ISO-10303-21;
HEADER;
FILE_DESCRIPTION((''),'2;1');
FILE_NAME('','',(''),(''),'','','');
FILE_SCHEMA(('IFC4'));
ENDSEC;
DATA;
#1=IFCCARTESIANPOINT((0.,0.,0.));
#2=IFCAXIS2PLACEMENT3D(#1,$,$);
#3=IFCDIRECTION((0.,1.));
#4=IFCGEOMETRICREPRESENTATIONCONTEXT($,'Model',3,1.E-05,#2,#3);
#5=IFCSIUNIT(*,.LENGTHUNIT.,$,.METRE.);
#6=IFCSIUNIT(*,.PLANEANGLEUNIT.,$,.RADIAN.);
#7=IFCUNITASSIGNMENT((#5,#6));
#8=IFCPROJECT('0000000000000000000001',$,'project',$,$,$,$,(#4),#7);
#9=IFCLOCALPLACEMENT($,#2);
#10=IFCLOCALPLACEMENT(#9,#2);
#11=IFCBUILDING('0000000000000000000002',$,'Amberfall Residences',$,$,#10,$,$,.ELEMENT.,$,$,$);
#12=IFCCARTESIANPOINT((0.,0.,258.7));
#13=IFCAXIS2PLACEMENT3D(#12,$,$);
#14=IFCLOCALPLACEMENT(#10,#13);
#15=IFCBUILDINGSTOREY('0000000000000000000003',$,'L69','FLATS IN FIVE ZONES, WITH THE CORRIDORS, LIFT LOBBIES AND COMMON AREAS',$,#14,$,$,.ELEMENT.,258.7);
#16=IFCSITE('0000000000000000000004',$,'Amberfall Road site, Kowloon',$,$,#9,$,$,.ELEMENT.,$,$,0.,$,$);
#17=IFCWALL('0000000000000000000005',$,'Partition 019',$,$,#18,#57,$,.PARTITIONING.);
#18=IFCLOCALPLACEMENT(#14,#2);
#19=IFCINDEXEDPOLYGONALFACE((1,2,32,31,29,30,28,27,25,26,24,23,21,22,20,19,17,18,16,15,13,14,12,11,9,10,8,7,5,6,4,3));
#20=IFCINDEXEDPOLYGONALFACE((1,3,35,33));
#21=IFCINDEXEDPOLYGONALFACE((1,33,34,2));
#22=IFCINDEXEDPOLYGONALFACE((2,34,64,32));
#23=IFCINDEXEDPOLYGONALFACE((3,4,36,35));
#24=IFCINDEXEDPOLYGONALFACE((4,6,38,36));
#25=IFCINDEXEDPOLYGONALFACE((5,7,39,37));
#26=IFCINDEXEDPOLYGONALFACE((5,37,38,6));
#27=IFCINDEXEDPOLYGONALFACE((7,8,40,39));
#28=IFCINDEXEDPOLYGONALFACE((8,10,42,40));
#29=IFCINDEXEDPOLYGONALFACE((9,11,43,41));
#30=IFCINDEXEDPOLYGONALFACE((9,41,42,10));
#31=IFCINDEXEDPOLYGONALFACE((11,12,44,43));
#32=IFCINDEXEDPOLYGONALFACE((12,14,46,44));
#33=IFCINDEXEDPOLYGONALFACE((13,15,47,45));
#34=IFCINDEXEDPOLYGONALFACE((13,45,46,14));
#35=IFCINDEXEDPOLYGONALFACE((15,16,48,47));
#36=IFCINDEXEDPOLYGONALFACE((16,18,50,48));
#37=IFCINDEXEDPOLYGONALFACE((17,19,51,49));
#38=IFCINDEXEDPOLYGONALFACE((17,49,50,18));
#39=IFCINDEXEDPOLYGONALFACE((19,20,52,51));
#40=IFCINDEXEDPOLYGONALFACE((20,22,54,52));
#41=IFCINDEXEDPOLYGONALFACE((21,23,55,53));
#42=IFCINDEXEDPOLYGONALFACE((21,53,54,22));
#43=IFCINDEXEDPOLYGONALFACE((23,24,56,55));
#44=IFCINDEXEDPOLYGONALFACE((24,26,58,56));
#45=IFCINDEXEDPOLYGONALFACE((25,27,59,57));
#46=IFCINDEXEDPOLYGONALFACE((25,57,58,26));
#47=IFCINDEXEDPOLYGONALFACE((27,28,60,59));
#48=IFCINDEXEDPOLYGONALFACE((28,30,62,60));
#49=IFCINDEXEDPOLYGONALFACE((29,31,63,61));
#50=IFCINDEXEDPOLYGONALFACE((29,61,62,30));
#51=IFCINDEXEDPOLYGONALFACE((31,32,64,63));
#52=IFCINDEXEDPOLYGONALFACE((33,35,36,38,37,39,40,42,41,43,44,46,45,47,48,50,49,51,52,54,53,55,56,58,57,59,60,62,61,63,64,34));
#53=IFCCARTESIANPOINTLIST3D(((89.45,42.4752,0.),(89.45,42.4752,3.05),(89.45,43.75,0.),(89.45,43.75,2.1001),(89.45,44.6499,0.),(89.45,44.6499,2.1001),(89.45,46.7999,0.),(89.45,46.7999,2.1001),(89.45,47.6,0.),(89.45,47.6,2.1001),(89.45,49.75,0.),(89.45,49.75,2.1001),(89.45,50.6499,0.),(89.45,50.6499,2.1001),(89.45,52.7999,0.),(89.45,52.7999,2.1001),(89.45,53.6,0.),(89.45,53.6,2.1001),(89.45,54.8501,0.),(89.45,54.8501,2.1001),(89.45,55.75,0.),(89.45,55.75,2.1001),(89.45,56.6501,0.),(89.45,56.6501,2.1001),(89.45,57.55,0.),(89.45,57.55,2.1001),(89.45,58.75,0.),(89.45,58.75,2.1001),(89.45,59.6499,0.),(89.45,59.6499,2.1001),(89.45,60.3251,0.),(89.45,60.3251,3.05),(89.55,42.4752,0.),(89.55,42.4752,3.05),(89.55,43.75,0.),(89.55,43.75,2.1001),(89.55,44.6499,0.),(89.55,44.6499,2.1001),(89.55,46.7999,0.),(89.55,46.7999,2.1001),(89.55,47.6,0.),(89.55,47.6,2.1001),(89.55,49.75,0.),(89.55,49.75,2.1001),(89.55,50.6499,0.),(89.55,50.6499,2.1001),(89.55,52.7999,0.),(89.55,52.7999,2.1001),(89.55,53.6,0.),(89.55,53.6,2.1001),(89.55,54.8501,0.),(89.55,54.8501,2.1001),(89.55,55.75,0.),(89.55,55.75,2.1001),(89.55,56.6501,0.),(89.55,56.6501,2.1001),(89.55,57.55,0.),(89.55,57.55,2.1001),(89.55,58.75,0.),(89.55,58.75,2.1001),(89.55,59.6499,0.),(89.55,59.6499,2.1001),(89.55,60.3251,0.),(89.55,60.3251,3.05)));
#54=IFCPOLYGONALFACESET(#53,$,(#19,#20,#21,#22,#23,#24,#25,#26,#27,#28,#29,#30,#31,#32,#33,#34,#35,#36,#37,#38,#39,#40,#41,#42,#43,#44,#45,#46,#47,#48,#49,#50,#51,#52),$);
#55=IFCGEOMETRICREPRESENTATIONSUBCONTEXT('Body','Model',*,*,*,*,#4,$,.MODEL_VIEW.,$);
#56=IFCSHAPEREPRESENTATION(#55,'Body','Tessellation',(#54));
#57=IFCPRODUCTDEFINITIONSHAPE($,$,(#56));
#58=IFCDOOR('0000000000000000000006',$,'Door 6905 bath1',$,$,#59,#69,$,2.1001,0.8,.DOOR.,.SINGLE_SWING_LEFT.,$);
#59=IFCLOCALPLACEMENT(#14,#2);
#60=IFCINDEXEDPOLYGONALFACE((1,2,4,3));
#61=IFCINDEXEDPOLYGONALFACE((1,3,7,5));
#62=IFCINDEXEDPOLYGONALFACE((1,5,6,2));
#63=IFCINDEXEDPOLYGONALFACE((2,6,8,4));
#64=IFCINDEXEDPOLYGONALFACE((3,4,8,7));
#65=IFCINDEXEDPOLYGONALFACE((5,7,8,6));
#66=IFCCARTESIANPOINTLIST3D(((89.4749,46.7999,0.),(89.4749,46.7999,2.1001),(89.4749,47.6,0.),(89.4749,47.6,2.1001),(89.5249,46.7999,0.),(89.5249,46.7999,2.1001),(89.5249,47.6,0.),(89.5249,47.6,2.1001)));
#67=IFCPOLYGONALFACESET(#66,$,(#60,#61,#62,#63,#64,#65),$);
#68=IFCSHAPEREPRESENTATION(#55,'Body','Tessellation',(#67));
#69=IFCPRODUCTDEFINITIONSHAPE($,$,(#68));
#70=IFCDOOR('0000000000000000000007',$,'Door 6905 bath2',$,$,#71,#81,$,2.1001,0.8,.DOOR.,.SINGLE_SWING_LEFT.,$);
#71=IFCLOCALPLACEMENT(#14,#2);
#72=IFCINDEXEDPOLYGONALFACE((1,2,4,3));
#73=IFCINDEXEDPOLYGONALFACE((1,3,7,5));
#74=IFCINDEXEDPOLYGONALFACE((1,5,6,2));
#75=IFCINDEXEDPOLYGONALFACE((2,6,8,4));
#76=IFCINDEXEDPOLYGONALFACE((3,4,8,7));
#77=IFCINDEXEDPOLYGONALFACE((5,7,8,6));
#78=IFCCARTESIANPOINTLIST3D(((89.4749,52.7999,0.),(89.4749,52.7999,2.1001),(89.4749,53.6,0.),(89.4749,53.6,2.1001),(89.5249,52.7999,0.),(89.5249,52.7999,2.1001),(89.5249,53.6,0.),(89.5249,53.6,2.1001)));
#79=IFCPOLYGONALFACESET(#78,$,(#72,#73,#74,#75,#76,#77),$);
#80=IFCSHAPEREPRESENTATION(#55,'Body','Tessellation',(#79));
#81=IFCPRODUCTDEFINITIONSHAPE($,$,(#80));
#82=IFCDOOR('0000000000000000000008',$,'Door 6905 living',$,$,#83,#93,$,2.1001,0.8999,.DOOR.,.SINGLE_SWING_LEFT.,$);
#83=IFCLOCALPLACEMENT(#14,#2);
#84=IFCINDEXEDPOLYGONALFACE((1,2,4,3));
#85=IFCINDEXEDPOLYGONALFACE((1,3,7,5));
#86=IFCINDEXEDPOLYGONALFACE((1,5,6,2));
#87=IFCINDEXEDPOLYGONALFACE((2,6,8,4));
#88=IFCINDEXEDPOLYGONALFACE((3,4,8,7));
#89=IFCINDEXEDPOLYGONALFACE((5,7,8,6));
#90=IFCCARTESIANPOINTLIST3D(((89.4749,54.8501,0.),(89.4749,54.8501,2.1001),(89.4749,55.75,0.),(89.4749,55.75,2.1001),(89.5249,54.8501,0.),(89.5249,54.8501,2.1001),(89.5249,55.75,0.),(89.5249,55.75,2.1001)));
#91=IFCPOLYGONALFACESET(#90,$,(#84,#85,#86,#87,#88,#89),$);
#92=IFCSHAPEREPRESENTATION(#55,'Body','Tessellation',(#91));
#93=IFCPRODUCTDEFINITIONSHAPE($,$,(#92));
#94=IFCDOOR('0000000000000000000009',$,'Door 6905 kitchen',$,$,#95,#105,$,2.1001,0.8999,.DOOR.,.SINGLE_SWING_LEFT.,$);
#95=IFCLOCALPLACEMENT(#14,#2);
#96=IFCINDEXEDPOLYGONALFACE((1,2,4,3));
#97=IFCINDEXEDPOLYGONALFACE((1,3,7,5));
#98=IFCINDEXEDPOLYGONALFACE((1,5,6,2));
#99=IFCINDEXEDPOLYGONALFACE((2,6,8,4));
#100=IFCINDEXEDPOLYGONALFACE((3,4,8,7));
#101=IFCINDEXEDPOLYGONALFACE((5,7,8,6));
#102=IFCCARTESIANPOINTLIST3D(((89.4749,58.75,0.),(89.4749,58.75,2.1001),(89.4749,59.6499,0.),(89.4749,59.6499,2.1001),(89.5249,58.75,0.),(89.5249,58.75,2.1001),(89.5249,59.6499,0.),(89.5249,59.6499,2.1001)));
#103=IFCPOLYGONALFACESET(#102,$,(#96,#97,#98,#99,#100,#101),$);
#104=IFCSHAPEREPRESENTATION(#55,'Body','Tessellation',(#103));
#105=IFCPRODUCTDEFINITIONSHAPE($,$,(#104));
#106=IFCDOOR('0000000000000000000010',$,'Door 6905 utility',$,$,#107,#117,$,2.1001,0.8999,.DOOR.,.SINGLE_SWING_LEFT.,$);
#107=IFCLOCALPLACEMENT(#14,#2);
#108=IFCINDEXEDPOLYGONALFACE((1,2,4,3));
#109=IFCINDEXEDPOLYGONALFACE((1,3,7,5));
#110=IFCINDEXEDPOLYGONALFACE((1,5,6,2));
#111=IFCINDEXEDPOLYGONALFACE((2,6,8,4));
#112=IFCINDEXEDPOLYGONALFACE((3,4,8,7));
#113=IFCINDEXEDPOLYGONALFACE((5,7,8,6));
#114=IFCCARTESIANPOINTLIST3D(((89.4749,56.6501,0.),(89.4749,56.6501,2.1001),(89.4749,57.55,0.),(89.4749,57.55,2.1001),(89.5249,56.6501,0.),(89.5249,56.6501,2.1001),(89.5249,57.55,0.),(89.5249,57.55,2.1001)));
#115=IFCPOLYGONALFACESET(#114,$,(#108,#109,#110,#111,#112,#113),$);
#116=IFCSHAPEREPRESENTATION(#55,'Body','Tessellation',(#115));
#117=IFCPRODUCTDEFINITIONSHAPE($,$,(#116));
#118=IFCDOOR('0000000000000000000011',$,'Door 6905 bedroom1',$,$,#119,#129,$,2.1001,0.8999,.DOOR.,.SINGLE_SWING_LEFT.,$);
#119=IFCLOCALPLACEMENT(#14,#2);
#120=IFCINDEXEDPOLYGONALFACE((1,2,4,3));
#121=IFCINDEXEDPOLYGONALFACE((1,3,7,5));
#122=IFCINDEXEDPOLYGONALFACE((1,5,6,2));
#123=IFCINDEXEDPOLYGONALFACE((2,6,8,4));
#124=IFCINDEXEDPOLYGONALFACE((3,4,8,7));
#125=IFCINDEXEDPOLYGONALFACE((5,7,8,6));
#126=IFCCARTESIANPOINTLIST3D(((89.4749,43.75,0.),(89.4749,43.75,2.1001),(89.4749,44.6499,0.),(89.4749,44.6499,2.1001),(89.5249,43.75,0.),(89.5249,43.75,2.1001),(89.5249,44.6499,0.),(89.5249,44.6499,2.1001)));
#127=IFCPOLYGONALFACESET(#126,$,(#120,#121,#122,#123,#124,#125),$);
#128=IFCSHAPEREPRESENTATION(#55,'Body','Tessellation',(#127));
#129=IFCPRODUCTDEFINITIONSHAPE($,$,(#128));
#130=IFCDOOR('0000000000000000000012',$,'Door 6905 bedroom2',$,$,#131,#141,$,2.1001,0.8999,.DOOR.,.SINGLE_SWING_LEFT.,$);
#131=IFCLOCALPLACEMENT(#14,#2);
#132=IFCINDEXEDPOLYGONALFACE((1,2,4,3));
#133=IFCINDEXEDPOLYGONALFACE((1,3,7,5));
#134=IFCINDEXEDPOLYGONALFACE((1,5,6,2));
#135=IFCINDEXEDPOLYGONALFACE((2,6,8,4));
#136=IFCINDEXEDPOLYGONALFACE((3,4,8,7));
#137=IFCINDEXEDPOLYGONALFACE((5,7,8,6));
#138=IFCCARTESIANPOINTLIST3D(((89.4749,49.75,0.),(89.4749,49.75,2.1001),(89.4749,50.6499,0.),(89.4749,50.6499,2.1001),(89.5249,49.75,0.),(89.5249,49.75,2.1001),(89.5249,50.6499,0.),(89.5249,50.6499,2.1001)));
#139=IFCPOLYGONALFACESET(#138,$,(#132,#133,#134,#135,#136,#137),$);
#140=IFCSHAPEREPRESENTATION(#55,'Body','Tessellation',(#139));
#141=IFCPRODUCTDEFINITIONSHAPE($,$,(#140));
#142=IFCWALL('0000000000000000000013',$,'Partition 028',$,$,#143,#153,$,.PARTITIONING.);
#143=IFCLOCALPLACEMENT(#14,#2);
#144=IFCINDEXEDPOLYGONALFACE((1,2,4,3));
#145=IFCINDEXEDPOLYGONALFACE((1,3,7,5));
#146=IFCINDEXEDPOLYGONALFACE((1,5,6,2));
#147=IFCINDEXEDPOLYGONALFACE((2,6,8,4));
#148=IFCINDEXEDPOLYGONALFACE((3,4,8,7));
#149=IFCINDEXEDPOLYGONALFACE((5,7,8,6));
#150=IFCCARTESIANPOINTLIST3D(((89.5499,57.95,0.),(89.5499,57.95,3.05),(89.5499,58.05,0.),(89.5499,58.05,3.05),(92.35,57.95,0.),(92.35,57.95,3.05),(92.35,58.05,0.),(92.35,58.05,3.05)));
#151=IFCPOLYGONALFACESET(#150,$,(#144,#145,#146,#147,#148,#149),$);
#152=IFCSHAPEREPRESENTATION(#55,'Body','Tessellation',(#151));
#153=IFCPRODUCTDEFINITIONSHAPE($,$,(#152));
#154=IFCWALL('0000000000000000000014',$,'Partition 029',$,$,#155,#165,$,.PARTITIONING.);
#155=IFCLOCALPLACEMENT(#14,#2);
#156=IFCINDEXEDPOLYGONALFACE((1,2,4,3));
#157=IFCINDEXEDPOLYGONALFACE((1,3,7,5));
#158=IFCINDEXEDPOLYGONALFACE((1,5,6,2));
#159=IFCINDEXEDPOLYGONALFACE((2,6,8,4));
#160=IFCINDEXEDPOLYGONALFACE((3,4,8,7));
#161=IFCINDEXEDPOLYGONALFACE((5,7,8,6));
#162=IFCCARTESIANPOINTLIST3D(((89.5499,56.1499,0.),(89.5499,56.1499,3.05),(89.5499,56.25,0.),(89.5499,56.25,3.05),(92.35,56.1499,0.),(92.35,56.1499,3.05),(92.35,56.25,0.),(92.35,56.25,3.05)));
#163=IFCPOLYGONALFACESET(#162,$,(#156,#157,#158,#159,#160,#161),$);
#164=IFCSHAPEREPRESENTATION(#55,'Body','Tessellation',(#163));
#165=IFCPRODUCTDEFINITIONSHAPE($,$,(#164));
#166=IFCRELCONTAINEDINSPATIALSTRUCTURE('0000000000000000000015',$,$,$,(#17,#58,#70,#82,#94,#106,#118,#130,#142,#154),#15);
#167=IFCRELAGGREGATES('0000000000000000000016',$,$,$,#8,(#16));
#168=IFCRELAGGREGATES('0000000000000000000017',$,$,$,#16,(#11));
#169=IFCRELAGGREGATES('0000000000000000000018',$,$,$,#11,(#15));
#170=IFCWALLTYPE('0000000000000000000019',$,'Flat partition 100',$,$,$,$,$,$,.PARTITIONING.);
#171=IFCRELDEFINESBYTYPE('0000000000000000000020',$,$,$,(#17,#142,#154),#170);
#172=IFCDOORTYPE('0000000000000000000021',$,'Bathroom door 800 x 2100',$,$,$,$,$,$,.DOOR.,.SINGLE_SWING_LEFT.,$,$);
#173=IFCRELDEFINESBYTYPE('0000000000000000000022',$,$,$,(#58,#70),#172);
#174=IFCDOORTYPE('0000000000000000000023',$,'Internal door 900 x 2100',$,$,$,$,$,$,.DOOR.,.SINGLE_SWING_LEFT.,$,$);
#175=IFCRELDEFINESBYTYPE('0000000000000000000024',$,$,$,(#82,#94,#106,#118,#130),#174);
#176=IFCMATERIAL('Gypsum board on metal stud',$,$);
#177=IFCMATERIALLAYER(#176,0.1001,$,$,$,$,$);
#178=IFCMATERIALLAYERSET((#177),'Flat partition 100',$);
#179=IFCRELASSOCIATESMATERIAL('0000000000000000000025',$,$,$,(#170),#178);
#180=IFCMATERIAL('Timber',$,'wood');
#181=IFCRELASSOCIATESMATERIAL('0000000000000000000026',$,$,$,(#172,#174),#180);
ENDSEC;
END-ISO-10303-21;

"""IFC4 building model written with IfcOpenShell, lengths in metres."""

from ifc_helpers import new_model, si_unit, direction, frame, frame_2d, origin, place, context, subcontext, project, spatial, rectangle, extrude, material, layer, layer_set, type_object, element, fill, save


model = new_model("IFC4")

# Units and contexts
model_context = context("Model", 3, precision=1e-05, world=origin(), true_north=direction((0.0, 1.0)))
body_context = subcontext(model_context, "Body", "Model", "MODEL_VIEW")
ifc_project = project(units=[si_unit("LENGTHUNIT", "METRE"), si_unit("PLANEANGLEUNIT", "RADIAN")], contexts=[model_context])

# Site, building, storey
site_placement = place(None, origin())
site = spatial("IfcSite", under=ifc_project, at=site_placement, Name="Amberfall Road site, Kowloon", CompositionType="ELEMENT", RefElevation=0.0)
building_placement = place(site_placement, origin())
building = spatial("IfcBuilding", under=site, at=building_placement, Name="Amberfall Residences", CompositionType="ELEMENT")
storey_placement = place(building_placement, frame((0.0, 0.0, 258.7)))
storey = spatial("IfcBuildingStorey", under=building, at=storey_placement, Name="L69", Description="FLATS IN FIVE ZONES, WITH THE CORRIDORS, LIFT LOBBIES AND COMMON AREAS", CompositionType="ELEMENT", Elevation=258.7)

# Wall, openings, doors
ifc_material_1 = material(Name="Gypsum board on metal stud")
ifc_layer_1 = layer(ifc_material_1, 0.1001)
ifc_layer_set_1 = layer_set([ifc_layer_1], Name="Flat partition 100")
wall_type_1 = type_object("IfcWallType", Name="Flat partition 100", PredefinedType="PARTITIONING", material=ifc_layer_set_1)
wall_1_placement = place(storey_placement, frame((89.5, 60.325, 0.0), z_axis=(0.0, 0.0, 1.0), x_axis=(0.0, -1.0, 0.0)))
wall_1 = element("IfcWall", 1, at=wall_1_placement, inside=storey, type_object=wall_type_1, Name="Partition 019", PredefinedType="PARTITIONING", context=body_context, shape_type="SweptSolid", body=[
    extrude(rectangle(XDim=17.8499, YDim=0.1001, at=frame_2d((8.9248, 0.0))), origin(), (0.0, 0.0, 1.0), 3.05),
])
opening_1_placement = place(wall_1_placement, frame((4.575, 0.0, 0.0)))
opening_1 = element("IfcOpeningElement", 2, at=opening_1_placement, cuts=wall_1, PredefinedType="OPENING", context=body_context, shape_type="SweptSolid", body=[
    extrude(rectangle(XDim=0.8999, YDim=2.1001, at=frame_2d((0.45, 1.05))), frame((0.0, 0.0601, 0.0), z_axis=(0.0, -1.0, 0.0), x_axis=(1.0, 0.0, 0.0)), (0.0, 0.0, 1.0), 0.1201),
])
opening_2_placement = place(wall_1_placement, frame((0.675, 0.0, 0.0)))
opening_2 = element("IfcOpeningElement", 3, at=opening_2_placement, cuts=wall_1, PredefinedType="OPENING", context=body_context, shape_type="SweptSolid", body=[
    extrude(rectangle(XDim=0.8999, YDim=2.1001, at=frame_2d((0.45, 1.05))), frame((0.0, 0.0601, 0.0), z_axis=(0.0, -1.0, 0.0), x_axis=(1.0, 0.0, 0.0)), (0.0, 0.0, 1.0), 0.1201),
])
opening_3_placement = place(wall_1_placement, frame((2.7749, 0.0, 0.0)))
opening_3 = element("IfcOpeningElement", 4, at=opening_3_placement, cuts=wall_1, PredefinedType="OPENING", context=body_context, shape_type="SweptSolid", body=[
    extrude(rectangle(XDim=0.8999, YDim=2.1001, at=frame_2d((0.45, 1.05))), frame((0.0, 0.0601, 0.0), z_axis=(0.0, -1.0, 0.0), x_axis=(1.0, 0.0, 0.0)), (0.0, 0.0, 1.0), 0.1201),
])
opening_4_placement = place(wall_1_placement, frame((15.675, 0.0, 0.0)))
opening_4 = element("IfcOpeningElement", 5, at=opening_4_placement, cuts=wall_1, PredefinedType="OPENING", context=body_context, shape_type="SweptSolid", body=[
    extrude(rectangle(XDim=0.8999, YDim=2.1001, at=frame_2d((0.45, 1.05))), frame((0.0, 0.0601, 0.0), z_axis=(0.0, -1.0, 0.0), x_axis=(1.0, 0.0, 0.0)), (0.0, 0.0, 1.0), 0.1201),
])
opening_5_placement = place(wall_1_placement, frame((9.675, 0.0, 0.0)))
opening_5 = element("IfcOpeningElement", 6, at=opening_5_placement, cuts=wall_1, PredefinedType="OPENING", context=body_context, shape_type="SweptSolid", body=[
    extrude(rectangle(XDim=0.8999, YDim=2.1001, at=frame_2d((0.45, 1.05))), frame((0.0, 0.0601, 0.0), z_axis=(0.0, -1.0, 0.0), x_axis=(1.0, 0.0, 0.0)), (0.0, 0.0, 1.0), 0.1201),
])
opening_6_placement = place(wall_1_placement, frame((12.7251, 0.0, 0.0)))
opening_6 = element("IfcOpeningElement", 7, at=opening_6_placement, cuts=wall_1, PredefinedType="OPENING", context=body_context, shape_type="SweptSolid", body=[
    extrude(rectangle(XDim=0.8, YDim=2.1001, at=frame_2d((0.3999, 1.05))), frame((0.0, 0.0601, 0.0), z_axis=(0.0, -1.0, 0.0), x_axis=(1.0, 0.0, 0.0)), (0.0, 0.0, 1.0), 0.1201),
])
opening_7_placement = place(wall_1_placement, frame((6.7251, 0.0, 0.0)))
opening_7 = element("IfcOpeningElement", 8, at=opening_7_placement, cuts=wall_1, PredefinedType="OPENING", context=body_context, shape_type="SweptSolid", body=[
    extrude(rectangle(XDim=0.8, YDim=2.1001, at=frame_2d((0.3999, 1.05))), frame((0.0, 0.0601, 0.0), z_axis=(0.0, -1.0, 0.0), x_axis=(1.0, 0.0, 0.0)), (0.0, 0.0, 1.0), 0.1201),
])
ifc_material_2 = material(Name="Timber", Category="wood")
door_type_1 = type_object("IfcDoorType", Name="Bathroom door 800 x 2100", OperationType="SINGLE_SWING_LEFT", PredefinedType="DOOR", material=ifc_material_2)
door_1_placement = place(opening_6_placement, origin())
door_1 = element("IfcDoor", 9, at=door_1_placement, inside=storey, type_object=door_type_1, Name="Door 6905 bath1", OperationType="SINGLE_SWING_LEFT", OverallHeight=2.1001, OverallWidth=0.8, PredefinedType="DOOR", context=body_context, shape_type="SweptSolid", body=[
    extrude(rectangle(XDim=0.8, YDim=2.1001, at=frame_2d((0.3999, 1.05))), frame((0.0, 0.0249, 0.0), z_axis=(0.0, -1.0, 0.0), x_axis=(1.0, 0.0, 0.0)), (0.0, 0.0, 1.0), 0.05),
])
fill(opening_6, door_1)
door_2_placement = place(opening_7_placement, origin())
door_2 = element("IfcDoor", 10, at=door_2_placement, inside=storey, type_object=door_type_1, Name="Door 6905 bath2", OperationType="SINGLE_SWING_LEFT", OverallHeight=2.1001, OverallWidth=0.8, PredefinedType="DOOR", context=body_context, shape_type="SweptSolid", body=[
    extrude(rectangle(XDim=0.8, YDim=2.1001, at=frame_2d((0.3999, 1.05))), frame((0.0, 0.0249, 0.0), z_axis=(0.0, -1.0, 0.0), x_axis=(1.0, 0.0, 0.0)), (0.0, 0.0, 1.0), 0.05),
])
fill(opening_7, door_2)
door_type_2 = type_object("IfcDoorType", Name="Internal door 900 x 2100", OperationType="SINGLE_SWING_LEFT", PredefinedType="DOOR", material=ifc_material_2)
door_3_placement = place(opening_1_placement, origin())
door_3 = element("IfcDoor", 11, at=door_3_placement, inside=storey, type_object=door_type_2, Name="Door 6905 living", OperationType="SINGLE_SWING_LEFT", OverallHeight=2.1001, OverallWidth=0.8999, PredefinedType="DOOR", context=body_context, shape_type="SweptSolid", body=[
    extrude(rectangle(XDim=0.8999, YDim=2.1001, at=frame_2d((0.45, 1.05))), frame((0.0, 0.0249, 0.0), z_axis=(0.0, -1.0, 0.0), x_axis=(1.0, 0.0, 0.0)), (0.0, 0.0, 1.0), 0.05),
])
fill(opening_1, door_3)
door_4_placement = place(opening_2_placement, origin())
door_4 = element("IfcDoor", 12, at=door_4_placement, inside=storey, type_object=door_type_2, Name="Door 6905 kitchen", OperationType="SINGLE_SWING_LEFT", OverallHeight=2.1001, OverallWidth=0.8999, PredefinedType="DOOR", context=body_context, shape_type="SweptSolid", body=[
    extrude(rectangle(XDim=0.8999, YDim=2.1001, at=frame_2d((0.45, 1.05))), frame((0.0, 0.0249, 0.0), z_axis=(0.0, -1.0, 0.0), x_axis=(1.0, 0.0, 0.0)), (0.0, 0.0, 1.0), 0.05),
])
fill(opening_2, door_4)
door_5_placement = place(opening_3_placement, origin())
door_5 = element("IfcDoor", 13, at=door_5_placement, inside=storey, type_object=door_type_2, Name="Door 6905 utility", OperationType="SINGLE_SWING_LEFT", OverallHeight=2.1001, OverallWidth=0.8999, PredefinedType="DOOR", context=body_context, shape_type="SweptSolid", body=[
    extrude(rectangle(XDim=0.8999, YDim=2.1001, at=frame_2d((0.45, 1.05))), frame((0.0, 0.0249, 0.0), z_axis=(0.0, -1.0, 0.0), x_axis=(1.0, 0.0, 0.0)), (0.0, 0.0, 1.0), 0.05),
])
fill(opening_3, door_5)
door_6_placement = place(opening_4_placement, origin())
door_6 = element("IfcDoor", 14, at=door_6_placement, inside=storey, type_object=door_type_2, Name="Door 6905 bedroom1", OperationType="SINGLE_SWING_LEFT", OverallHeight=2.1001, OverallWidth=0.8999, PredefinedType="DOOR", context=body_context, shape_type="SweptSolid", body=[
    extrude(rectangle(XDim=0.8999, YDim=2.1001, at=frame_2d((0.45, 1.05))), frame((0.0, 0.0249, 0.0), z_axis=(0.0, -1.0, 0.0), x_axis=(1.0, 0.0, 0.0)), (0.0, 0.0, 1.0), 0.05),
])
fill(opening_4, door_6)
door_7_placement = place(opening_5_placement, origin())
door_7 = element("IfcDoor", 15, at=door_7_placement, inside=storey, type_object=door_type_2, Name="Door 6905 bedroom2", OperationType="SINGLE_SWING_LEFT", OverallHeight=2.1001, OverallWidth=0.8999, PredefinedType="DOOR", context=body_context, shape_type="SweptSolid", body=[
    extrude(rectangle(XDim=0.8999, YDim=2.1001, at=frame_2d((0.45, 1.05))), frame((0.0, 0.0249, 0.0), z_axis=(0.0, -1.0, 0.0), x_axis=(1.0, 0.0, 0.0)), (0.0, 0.0, 1.0), 0.05),
])
fill(opening_5, door_7)

# Walls
for number, where, z_axis, x_axis, name in (
    (16, (89.55, 58.0, 0.0), (0.0, 0.0, 1.0), (1.0, 0.0, 0.0), "Partition 028"),
    (17, (89.55, 56.2, 0.0), (0.0, 0.0, 1.0), (1.0, 0.0, 0.0), "Partition 029"),
):
    element("IfcWall", number, at=place(storey_placement, frame(where, z_axis=z_axis, x_axis=x_axis)), inside=storey, type_object=wall_type_1, Name=name, PredefinedType="PARTITIONING", context=body_context, shape_type="SweptSolid", body=[
        extrude(rectangle(XDim=2.8, YDim=0.1001, at=frame_2d((1.3999, 0.0))), origin(), (0.0, 0.0, 1.0), 3.05),
    ])

save(model, "model.ifc")
